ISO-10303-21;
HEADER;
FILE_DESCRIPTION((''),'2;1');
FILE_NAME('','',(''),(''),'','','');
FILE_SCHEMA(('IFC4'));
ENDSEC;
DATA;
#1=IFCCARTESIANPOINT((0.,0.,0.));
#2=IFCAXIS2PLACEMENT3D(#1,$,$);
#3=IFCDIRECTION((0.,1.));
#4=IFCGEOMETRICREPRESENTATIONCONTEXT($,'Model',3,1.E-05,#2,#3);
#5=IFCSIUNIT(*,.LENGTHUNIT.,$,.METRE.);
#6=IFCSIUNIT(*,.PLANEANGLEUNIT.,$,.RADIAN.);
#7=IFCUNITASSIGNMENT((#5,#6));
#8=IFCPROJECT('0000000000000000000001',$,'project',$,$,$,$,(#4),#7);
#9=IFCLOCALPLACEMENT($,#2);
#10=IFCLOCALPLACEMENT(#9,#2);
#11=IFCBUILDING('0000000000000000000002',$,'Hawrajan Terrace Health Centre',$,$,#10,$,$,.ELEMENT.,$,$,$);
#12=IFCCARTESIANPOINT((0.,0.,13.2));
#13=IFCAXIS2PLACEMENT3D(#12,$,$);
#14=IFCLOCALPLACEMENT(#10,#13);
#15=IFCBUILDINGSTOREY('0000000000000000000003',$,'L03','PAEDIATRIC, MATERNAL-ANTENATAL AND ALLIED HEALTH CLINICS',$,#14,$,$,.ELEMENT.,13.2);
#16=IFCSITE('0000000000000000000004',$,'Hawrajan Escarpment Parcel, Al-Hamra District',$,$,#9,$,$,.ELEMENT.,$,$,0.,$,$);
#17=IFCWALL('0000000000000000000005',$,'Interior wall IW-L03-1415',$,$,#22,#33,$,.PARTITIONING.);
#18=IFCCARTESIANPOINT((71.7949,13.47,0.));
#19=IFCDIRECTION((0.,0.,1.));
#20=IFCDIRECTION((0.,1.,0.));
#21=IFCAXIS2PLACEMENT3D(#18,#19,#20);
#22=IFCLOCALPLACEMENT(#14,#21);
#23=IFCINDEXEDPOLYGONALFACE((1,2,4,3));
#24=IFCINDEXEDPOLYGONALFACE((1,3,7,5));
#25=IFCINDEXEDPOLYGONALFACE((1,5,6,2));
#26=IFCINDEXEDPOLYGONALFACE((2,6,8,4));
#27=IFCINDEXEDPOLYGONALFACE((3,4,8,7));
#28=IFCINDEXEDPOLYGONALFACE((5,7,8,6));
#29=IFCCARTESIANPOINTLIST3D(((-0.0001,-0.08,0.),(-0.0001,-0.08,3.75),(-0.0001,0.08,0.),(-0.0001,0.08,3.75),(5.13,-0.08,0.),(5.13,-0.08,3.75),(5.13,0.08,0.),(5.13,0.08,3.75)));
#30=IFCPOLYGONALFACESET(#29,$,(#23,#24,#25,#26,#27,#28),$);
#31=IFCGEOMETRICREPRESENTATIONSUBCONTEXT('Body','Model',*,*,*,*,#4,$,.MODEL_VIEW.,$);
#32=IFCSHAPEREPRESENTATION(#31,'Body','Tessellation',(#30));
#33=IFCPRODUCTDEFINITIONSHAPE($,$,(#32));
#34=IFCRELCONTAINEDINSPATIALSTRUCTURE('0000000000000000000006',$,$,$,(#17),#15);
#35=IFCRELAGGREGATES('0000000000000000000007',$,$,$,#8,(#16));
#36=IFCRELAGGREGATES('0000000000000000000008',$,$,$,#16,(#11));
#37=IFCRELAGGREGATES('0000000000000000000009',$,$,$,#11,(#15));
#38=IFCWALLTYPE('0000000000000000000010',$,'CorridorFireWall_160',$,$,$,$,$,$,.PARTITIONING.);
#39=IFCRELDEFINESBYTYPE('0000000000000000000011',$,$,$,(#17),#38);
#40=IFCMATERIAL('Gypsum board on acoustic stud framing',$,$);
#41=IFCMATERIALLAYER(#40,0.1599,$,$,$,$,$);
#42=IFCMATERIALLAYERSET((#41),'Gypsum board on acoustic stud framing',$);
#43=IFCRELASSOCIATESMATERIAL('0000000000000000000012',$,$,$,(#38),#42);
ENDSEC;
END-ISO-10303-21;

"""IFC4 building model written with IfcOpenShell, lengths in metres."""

from ifc_helpers import new_model, si_unit, direction, frame, frame_2d, origin, place, context, subcontext, project, spatial, rectangle, extrude, material, layer, layer_set, type_object, element, save


model = new_model("IFC4")

# Units and contexts
model_context = context("Model", 3, precision=1e-05, world=origin(), true_north=direction((0.0, 1.0)))
body_context = subcontext(model_context, "Body", "Model", "MODEL_VIEW")
ifc_project = project(units=[si_unit("LENGTHUNIT", "METRE"), si_unit("PLANEANGLEUNIT", "RADIAN")], contexts=[model_context])

# Site, building, storey
site_placement = place(None, origin())
site = spatial("IfcSite", under=ifc_project, at=site_placement, Name="Hawrajan Escarpment Parcel, Al-Hamra District", CompositionType="ELEMENT", RefElevation=0.0)
building_placement = place(site_placement, origin())
building = spatial("IfcBuilding", under=site, at=building_placement, Name="Hawrajan Terrace Health Centre", CompositionType="ELEMENT")
storey_placement = place(building_placement, frame((0.0, 0.0, 13.2)))
storey = spatial("IfcBuildingStorey", under=building, at=storey_placement, Name="L03", Description="PAEDIATRIC, MATERNAL-ANTENATAL AND ALLIED HEALTH CLINICS", CompositionType="ELEMENT", Elevation=13.2)

# Shared definitions
ifc_material_1 = material(Name="Gypsum board on acoustic stud framing")

# Wall
ifc_layer_1 = layer(ifc_material_1, 0.1599)
ifc_layer_set_1 = layer_set([ifc_layer_1], Name="Gypsum board on acoustic stud framing")
wall_type_1 = type_object("IfcWallType", Name="CorridorFireWall_160", PredefinedType="PARTITIONING", material=ifc_layer_set_1)
wall_1_placement = place(storey_placement, frame((71.7949, 13.47, 0.0), z_axis=(0.0, 0.0, 1.0), x_axis=(0.0, 1.0, 0.0)))
element("IfcWall", 1, at=wall_1_placement, inside=storey, type_object=wall_type_1, Name="Interior wall IW-L03-1415", PredefinedType="PARTITIONING", context=body_context, shape_type="SweptSolid", body=[
    extrude(rectangle(XDim=5.1301, YDim=0.1599, at=frame_2d((2.5649, 0.0))), origin(), (0.0, 0.0, 1.0), 3.75),
])

save(model, "model.ifc")
